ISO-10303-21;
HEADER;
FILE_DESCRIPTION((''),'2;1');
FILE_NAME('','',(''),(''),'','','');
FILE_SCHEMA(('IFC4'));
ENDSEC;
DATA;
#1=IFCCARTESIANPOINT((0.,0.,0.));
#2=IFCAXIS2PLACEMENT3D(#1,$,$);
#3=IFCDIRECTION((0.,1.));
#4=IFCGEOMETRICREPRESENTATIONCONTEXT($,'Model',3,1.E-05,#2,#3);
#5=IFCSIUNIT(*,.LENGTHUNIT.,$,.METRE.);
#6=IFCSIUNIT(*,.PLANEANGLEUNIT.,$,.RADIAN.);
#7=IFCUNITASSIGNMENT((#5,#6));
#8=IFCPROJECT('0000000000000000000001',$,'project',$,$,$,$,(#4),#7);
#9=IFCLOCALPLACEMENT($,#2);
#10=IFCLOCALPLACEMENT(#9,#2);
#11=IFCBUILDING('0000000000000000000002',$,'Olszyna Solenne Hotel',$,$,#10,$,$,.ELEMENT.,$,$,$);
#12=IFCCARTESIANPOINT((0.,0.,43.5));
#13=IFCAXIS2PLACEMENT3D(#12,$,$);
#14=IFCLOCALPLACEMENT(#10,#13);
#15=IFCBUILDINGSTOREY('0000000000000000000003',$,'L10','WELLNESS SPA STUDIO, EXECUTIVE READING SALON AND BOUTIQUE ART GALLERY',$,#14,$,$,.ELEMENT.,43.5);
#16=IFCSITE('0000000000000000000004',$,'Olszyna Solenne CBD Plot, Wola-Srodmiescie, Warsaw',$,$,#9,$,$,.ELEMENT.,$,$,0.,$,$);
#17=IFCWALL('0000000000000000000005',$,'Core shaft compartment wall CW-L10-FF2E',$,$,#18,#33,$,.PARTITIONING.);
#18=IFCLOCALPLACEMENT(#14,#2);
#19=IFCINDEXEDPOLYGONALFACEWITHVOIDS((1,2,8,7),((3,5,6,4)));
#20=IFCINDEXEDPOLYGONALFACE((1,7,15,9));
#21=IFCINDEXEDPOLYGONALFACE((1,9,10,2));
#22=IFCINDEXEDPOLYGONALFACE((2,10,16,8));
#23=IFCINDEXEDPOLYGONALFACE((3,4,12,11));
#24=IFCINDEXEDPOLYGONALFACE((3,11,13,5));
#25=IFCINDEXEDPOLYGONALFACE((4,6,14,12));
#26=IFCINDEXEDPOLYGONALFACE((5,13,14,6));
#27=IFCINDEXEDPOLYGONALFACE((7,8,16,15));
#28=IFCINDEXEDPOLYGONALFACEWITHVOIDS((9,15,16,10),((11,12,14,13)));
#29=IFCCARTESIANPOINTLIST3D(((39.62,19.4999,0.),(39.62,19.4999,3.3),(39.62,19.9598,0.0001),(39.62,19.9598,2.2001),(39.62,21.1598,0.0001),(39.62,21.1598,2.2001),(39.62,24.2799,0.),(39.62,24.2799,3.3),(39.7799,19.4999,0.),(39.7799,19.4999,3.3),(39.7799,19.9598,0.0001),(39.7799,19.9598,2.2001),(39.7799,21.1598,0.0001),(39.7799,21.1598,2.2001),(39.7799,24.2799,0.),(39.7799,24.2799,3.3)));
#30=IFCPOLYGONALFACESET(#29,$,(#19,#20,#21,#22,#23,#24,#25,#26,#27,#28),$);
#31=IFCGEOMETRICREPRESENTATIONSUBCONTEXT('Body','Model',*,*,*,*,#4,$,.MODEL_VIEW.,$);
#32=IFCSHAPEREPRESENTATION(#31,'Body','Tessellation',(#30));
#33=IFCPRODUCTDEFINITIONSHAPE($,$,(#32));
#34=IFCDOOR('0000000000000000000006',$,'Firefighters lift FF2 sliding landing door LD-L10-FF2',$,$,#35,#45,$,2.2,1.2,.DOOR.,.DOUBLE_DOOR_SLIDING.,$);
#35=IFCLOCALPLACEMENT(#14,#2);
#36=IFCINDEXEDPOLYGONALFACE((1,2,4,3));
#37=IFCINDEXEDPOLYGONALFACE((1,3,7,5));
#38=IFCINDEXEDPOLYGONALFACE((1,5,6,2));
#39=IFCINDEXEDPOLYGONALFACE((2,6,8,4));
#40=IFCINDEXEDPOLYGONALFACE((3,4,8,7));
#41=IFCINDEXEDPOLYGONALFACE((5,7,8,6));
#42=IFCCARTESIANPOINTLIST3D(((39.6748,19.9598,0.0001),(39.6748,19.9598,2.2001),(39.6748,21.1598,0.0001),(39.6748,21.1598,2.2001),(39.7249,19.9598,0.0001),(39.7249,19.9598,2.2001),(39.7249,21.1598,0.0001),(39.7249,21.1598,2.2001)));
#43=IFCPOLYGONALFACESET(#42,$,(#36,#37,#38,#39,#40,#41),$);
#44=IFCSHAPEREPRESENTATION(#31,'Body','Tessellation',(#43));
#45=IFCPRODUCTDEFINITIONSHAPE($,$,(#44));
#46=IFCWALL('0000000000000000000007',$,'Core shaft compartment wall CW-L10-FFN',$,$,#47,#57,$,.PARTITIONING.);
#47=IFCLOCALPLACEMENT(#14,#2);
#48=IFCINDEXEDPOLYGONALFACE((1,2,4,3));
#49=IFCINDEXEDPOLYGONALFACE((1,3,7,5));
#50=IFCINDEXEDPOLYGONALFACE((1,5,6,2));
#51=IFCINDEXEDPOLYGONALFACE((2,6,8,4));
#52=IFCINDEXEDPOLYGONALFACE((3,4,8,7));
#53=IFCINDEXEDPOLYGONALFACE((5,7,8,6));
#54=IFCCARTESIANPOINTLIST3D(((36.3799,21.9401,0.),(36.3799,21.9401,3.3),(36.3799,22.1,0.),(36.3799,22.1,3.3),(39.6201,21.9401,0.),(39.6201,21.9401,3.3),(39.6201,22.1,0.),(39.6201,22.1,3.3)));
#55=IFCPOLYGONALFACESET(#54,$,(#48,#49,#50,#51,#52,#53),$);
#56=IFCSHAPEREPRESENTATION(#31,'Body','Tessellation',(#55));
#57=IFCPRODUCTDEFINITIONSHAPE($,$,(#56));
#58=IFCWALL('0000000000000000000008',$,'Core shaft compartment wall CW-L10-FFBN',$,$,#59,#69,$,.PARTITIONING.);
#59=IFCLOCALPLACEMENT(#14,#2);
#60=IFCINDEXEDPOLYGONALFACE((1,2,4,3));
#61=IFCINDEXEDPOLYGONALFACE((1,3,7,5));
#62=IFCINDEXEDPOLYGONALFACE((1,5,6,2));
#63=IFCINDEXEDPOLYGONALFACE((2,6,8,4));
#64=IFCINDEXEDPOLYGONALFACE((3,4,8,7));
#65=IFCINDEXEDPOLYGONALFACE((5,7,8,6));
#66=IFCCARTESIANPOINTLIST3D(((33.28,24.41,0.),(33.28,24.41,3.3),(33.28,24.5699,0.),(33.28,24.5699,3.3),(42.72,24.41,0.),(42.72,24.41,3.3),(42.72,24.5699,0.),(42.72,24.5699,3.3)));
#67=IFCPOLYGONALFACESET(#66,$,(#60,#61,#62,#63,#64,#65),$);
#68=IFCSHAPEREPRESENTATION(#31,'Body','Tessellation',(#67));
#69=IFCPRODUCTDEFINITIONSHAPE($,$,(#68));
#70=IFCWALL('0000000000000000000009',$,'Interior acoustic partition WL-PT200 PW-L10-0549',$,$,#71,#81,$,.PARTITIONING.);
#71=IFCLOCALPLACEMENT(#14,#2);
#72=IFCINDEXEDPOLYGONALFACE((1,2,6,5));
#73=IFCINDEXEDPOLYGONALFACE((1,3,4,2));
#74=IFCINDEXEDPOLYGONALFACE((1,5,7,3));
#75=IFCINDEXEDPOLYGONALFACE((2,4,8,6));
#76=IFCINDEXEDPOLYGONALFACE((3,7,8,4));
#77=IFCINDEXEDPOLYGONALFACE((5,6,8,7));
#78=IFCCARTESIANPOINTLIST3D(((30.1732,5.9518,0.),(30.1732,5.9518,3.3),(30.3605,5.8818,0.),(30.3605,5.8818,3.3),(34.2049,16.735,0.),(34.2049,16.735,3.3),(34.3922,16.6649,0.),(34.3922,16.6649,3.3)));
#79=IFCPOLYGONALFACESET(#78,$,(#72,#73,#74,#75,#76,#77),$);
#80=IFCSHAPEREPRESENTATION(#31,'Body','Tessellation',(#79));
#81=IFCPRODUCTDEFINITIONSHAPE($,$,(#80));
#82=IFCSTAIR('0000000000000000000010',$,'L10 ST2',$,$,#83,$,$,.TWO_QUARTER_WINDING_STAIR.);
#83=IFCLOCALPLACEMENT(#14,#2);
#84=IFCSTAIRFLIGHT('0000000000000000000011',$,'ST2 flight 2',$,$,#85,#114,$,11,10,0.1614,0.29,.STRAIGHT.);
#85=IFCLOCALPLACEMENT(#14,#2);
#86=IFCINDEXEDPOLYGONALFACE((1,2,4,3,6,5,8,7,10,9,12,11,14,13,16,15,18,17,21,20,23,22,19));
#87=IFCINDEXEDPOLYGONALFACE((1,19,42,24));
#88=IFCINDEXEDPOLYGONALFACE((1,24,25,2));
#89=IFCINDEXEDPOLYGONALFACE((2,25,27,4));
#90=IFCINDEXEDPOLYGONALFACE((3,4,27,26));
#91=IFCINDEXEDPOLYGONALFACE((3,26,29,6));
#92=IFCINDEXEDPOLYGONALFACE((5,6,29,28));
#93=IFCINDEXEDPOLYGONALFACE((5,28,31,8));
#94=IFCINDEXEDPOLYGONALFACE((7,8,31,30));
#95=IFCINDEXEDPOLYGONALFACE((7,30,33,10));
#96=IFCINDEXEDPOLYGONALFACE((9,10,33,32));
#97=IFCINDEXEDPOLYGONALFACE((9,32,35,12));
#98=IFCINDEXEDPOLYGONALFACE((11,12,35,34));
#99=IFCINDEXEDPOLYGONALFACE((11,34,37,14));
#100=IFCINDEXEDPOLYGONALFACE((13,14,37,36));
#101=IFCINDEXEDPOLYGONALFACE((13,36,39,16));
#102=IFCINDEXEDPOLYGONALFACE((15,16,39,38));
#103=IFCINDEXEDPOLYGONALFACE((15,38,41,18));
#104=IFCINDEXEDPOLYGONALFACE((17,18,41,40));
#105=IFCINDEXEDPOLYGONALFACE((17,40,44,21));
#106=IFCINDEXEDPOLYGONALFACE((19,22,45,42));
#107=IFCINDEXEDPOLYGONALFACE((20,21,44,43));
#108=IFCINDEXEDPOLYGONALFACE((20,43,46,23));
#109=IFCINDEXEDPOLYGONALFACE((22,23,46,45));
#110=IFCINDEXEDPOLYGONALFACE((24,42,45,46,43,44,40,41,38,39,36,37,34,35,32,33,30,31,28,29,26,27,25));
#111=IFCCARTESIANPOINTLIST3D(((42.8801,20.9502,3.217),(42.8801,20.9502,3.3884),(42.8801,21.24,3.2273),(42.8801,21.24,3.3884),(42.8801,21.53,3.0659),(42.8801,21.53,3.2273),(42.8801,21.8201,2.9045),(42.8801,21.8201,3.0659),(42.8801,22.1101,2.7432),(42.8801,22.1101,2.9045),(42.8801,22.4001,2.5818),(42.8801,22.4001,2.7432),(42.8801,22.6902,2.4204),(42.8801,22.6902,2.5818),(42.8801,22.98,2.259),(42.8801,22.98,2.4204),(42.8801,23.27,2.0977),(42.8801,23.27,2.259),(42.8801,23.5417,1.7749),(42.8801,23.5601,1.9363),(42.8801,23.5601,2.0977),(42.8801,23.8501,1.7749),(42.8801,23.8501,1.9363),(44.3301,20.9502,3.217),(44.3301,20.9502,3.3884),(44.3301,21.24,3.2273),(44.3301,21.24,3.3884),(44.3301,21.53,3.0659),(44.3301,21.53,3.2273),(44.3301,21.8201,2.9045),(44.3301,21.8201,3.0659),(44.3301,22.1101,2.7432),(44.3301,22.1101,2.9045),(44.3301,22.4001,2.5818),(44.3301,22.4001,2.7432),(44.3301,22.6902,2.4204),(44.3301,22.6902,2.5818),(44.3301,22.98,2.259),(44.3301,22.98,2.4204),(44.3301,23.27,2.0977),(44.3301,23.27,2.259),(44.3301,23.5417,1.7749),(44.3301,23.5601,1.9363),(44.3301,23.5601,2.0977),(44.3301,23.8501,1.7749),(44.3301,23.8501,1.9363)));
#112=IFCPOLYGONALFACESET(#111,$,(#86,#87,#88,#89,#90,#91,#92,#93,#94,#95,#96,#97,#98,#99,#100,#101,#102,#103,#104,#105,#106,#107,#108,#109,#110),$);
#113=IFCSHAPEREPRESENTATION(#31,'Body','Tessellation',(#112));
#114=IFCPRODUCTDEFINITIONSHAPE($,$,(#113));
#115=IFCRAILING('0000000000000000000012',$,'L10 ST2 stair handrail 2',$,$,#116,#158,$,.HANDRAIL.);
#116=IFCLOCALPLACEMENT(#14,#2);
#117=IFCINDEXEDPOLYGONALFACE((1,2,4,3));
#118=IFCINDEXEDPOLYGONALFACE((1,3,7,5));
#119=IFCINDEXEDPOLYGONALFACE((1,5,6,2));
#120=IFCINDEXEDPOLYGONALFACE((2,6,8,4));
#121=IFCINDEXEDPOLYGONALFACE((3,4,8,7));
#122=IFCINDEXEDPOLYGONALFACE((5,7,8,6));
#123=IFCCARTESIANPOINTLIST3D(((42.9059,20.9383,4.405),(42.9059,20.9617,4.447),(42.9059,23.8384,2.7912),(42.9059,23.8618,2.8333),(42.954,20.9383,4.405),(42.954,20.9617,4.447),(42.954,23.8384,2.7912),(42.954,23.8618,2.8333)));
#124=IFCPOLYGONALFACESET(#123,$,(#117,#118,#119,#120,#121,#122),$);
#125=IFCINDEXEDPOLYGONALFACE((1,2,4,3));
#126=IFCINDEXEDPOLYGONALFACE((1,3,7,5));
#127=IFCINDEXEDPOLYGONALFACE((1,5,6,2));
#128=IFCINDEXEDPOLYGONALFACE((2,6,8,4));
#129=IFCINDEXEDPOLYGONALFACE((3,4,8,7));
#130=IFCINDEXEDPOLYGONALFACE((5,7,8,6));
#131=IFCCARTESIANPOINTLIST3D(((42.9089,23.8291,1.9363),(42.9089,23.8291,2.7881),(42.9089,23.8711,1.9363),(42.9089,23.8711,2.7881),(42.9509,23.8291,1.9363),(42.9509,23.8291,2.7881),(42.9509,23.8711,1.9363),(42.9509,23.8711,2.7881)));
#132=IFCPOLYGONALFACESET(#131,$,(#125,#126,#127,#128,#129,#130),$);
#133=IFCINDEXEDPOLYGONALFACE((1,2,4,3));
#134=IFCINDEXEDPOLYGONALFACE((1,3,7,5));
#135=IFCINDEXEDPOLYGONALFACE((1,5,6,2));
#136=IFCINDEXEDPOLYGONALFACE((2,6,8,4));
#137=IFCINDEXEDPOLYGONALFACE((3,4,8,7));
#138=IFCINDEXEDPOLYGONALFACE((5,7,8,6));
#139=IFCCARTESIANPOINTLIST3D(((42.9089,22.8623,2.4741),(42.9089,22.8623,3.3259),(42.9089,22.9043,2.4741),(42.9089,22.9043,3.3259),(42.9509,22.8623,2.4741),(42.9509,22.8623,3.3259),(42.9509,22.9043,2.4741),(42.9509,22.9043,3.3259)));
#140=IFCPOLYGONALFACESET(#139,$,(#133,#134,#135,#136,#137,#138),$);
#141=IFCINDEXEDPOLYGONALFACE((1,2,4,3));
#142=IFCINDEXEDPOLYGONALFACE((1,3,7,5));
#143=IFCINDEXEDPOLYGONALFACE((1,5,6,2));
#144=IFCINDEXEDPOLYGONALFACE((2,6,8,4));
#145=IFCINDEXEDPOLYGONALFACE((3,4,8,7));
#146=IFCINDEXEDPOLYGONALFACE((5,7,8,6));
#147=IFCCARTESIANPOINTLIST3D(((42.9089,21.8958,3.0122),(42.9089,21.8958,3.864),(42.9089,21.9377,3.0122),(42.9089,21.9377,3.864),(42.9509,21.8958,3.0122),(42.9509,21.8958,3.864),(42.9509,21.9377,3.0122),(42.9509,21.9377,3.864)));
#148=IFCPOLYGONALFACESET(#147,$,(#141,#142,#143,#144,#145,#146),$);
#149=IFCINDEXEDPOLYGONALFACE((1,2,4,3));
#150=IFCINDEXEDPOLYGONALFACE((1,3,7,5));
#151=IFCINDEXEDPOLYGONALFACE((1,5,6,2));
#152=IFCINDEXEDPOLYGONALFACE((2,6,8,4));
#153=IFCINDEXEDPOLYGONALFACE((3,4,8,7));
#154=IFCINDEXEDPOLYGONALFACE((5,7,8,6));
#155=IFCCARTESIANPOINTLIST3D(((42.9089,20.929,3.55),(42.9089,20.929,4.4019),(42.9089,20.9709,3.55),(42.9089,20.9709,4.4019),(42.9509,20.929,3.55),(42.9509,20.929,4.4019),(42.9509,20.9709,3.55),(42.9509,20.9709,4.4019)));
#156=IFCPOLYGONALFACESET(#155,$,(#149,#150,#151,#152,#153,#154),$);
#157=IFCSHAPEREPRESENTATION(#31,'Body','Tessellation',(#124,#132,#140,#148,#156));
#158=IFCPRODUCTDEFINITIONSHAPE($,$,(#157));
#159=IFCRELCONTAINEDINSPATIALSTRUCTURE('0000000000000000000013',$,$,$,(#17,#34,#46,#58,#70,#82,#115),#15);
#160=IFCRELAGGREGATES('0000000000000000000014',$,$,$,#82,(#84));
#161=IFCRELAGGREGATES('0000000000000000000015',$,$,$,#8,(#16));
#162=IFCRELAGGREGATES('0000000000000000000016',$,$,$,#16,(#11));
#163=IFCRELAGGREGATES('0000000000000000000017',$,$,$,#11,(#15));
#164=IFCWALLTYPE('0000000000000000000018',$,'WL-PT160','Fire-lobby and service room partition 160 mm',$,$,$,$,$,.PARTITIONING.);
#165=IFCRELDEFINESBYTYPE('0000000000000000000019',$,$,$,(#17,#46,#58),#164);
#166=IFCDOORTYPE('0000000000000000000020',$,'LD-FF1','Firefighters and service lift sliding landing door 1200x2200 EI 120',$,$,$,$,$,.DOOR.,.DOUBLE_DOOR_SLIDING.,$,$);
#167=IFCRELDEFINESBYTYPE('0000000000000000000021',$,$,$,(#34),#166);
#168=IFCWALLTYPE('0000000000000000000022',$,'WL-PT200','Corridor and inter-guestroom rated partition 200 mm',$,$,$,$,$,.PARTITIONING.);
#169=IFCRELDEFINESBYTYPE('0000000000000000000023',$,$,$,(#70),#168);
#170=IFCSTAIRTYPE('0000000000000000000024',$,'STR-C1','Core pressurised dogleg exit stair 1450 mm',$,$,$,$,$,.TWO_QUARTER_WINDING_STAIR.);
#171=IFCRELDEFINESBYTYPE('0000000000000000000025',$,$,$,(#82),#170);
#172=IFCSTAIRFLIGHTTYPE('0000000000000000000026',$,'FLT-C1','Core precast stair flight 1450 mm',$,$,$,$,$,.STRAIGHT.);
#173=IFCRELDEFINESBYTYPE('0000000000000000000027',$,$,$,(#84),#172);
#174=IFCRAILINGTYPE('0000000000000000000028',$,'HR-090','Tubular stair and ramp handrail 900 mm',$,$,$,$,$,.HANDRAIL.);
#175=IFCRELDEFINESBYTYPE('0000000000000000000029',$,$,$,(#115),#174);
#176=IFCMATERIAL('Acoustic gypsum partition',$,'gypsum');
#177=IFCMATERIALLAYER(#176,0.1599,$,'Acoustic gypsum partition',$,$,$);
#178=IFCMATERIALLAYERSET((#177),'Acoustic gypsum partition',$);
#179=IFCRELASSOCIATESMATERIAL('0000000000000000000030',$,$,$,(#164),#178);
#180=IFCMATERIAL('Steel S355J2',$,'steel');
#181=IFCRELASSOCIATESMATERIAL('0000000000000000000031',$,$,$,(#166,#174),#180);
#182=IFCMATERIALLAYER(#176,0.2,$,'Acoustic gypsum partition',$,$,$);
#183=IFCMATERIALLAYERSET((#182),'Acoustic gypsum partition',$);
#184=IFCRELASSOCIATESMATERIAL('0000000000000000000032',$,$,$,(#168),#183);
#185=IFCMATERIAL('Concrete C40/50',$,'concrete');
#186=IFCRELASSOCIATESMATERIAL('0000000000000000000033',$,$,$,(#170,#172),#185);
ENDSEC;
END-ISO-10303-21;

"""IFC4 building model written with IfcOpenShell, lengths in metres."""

from ifc_helpers import new_model, si_unit, direction, frame, frame_2d, origin, origin_2d, place, context, subcontext, project, spatial, polyline, rectangle, outline, extrude, source, transform, mapped, material, layer, layer_set, type_object, type_shapes, element, fill, aggregate, save


model = new_model("IFC4")

# Units and contexts
model_context = context("Model", 3, precision=1e-05, world=origin(), true_north=direction((0.0, 1.0)))
body_context = subcontext(model_context, "Body", "Model", "MODEL_VIEW")
ifc_project = project(units=[si_unit("LENGTHUNIT", "METRE"), si_unit("PLANEANGLEUNIT", "RADIAN")], contexts=[model_context])

# Site, building, storey
site_placement = place(None, origin())
site = spatial("IfcSite", under=ifc_project, at=site_placement, Name="Olszyna Solenne CBD Plot, Wola-Srodmiescie, Warsaw", CompositionType="ELEMENT", RefElevation=0.0)
building_placement = place(site_placement, origin())
building = spatial("IfcBuilding", under=site, at=building_placement, Name="Olszyna Solenne Hotel", CompositionType="ELEMENT")
storey_placement = place(building_placement, frame((0.0, 0.0, 43.5)))
storey = spatial("IfcBuildingStorey", under=building, at=storey_placement, Name="L10", Description="WELLNESS SPA STUDIO, EXECUTIVE READING SALON AND BOUTIQUE ART GALLERY", CompositionType="ELEMENT", Elevation=43.5)

# Shared definitions
ifc_material_1 = material(Name="Steel S355J2", Category="steel")

# Shared definitions
ifc_material_2 = material(Name="Acoustic gypsum partition", Category="gypsum")

# Shared definitions
ifc_layer_1 = layer(ifc_material_2, 0.1599, Name="Acoustic gypsum partition")
ifc_layer_set_1 = layer_set([ifc_layer_1], Name="Acoustic gypsum partition")
wall_type_1 = type_object("IfcWallType", Name="WL-PT160", Description="Fire-lobby and service room partition 160 mm", PredefinedType="PARTITIONING", material=ifc_layer_set_1)
door_type_1 = type_object("IfcDoorType", Name="LD-FF1", Description="Firefighters and service lift sliding landing door 1200x2200 EI 120", OperationType="DOUBLE_DOOR_SLIDING", PredefinedType="DOOR", material=ifc_material_1)
shared_shape_1 = source(origin(), body_context, "Body", "SweptSolid", [
    extrude(rectangle(XDim=1.2, YDim=2.2, at=frame_2d((0.6001, 1.1001))), frame((0.0, 0.0249, 0.0), z_axis=(0.0, -1.0, 0.0), x_axis=(1.0, 0.0, 0.0)), (0.0, 0.0, 1.0), 0.05),
])
type_shapes(door_type_1, [shared_shape_1])

# Wall, opening, door
wall_1_placement = place(storey_placement, frame((39.7, 24.28, 0.0), z_axis=(0.0, 0.0, 1.0), x_axis=(0.0, -1.0, 0.0)))
wall_1 = element("IfcWall", 1, at=wall_1_placement, inside=storey, type_object=wall_type_1, Name="Core shaft compartment wall CW-L10-FF2E", PredefinedType="PARTITIONING", context=body_context, shape_type="SweptSolid", body=[
    extrude(rectangle(XDim=4.78, YDim=0.1599, at=frame_2d((2.3901, 0.0))), origin(), (0.0, 0.0, 1.0), 3.3),
])
opening_1_placement = place(wall_1_placement, frame((3.1201, 0.0, 0.0)))
opening_1 = element("IfcOpeningElement", 2, at=opening_1_placement, cuts=wall_1, PredefinedType="OPENING", context=body_context, shape_type="SweptSolid", body=[
    extrude(rectangle(XDim=1.2, YDim=2.2, at=frame_2d((0.6001, 1.1001))), frame((0.0, 0.0898, 0.0), z_axis=(0.0, -1.0, 0.0), x_axis=(1.0, 0.0, 0.0)), (0.0, 0.0, 1.0), 0.1799),
])
door_1_placement = place(opening_1_placement, origin())
door_1 = element("IfcDoor", 3, at=door_1_placement, inside=storey, type_object=door_type_1, Name="Firefighters lift FF2 sliding landing door LD-L10-FF2", OperationType="DOUBLE_DOOR_SLIDING", OverallHeight=2.2, OverallWidth=1.2, PredefinedType="DOOR", context=body_context, shape_type="MappedRepresentation", body=[
    mapped(shared_shape_1, transform((0.0, 0.0, 0.0), x_axis=(1.0, 0.0, 0.0), y_axis=(0.0, 1.0, 0.0), z_axis=(0.0, 0.0, 1.0), scale=1.0)),
])
fill(opening_1, door_1)

# Walls
wall_2_placement = place(storey_placement, frame((36.3799, 22.02, 0.0), z_axis=(0.0, 0.0, 1.0), x_axis=(1.0, 0.0, 0.0)))
element("IfcWall", 4, at=wall_2_placement, inside=storey, type_object=wall_type_1, Name="Core shaft compartment wall CW-L10-FFN", PredefinedType="PARTITIONING", context=body_context, shape_type="SweptSolid", body=[
    extrude(rectangle(XDim=3.2402, YDim=0.1599, at=frame_2d((1.6201, 0.0))), origin(), (0.0, 0.0, 1.0), 3.3),
])
wall_3_placement = place(storey_placement, frame((33.28, 24.49, 0.0), z_axis=(0.0, 0.0, 1.0), x_axis=(1.0, 0.0, 0.0)))
element("IfcWall", 5, at=wall_3_placement, inside=storey, type_object=wall_type_1, Name="Core shaft compartment wall CW-L10-FFBN", PredefinedType="PARTITIONING", context=body_context, shape_type="SweptSolid", body=[
    extrude(rectangle(XDim=9.4399, YDim=0.1599, at=frame_2d((4.72, 0.0))), origin(), (0.0, 0.0, 1.0), 3.3),
])
ifc_layer_2 = layer(ifc_material_2, 0.2, Name="Acoustic gypsum partition")
ifc_layer_set_2 = layer_set([ifc_layer_2], Name="Acoustic gypsum partition")
wall_type_2 = type_object("IfcWallType", Name="WL-PT200", Description="Corridor and inter-guestroom rated partition 200 mm", PredefinedType="PARTITIONING", material=ifc_layer_set_2)
wall_4_placement = place(storey_placement, frame((34.2986, 16.7, 0.0), z_axis=(0.0, 0.0, 1.0), x_axis=(-0.350212, -0.93667, 0.0)))
element("IfcWall", 6, at=wall_4_placement, inside=storey, type_object=wall_type_2, Name="Interior acoustic partition WL-PT200 PW-L10-0549", PredefinedType="PARTITIONING", context=body_context, shape_type="SweptSolid", body=[
    extrude(rectangle(XDim=11.5122, YDim=0.2, at=frame_2d((5.7561, 0.0))), origin(), (0.0, 0.0, 1.0), 3.3),
])

# Stair, stair flight
ifc_material_3 = material(Name="Concrete C40/50", Category="concrete")
stair_type = type_object("IfcStairType", Name="STR-C1", Description="Core pressurised dogleg exit stair 1450 mm", PredefinedType="TWO_QUARTER_WINDING_STAIR", material=ifc_material_3)
stair_placement = place(storey_placement, origin())
stair = element("IfcStair", 7, at=stair_placement, inside=storey, type_object=stair_type, Name="L10 ST2", PredefinedType="TWO_QUARTER_WINDING_STAIR")
stair_flight_type = type_object("IfcStairFlightType", Name="FLT-C1", Description="Core precast stair flight 1450 mm", PredefinedType="STRAIGHT", material=ifc_material_3)
stair_flight_placement = place(storey_placement, frame((43.605, 23.8501, 1.7749), z_axis=(0.0, 0.0, 1.0), x_axis=(0.0, -1.0, 0.0)))
stair_flight = element("IfcStairFlight", 8, at=stair_flight_placement, type_object=stair_flight_type, Name="ST2 flight 2", NumberOfRisers=11, NumberOfTreads=10, PredefinedType="STRAIGHT", RiserHeight=0.1614, TreadLength=0.29, context=body_context, shape_type="SweptSolid", body=[
    extrude(outline(polyline([(0.0, 0.0), (0.0, 0.1614), (0.29, 0.1614), (0.29, 0.3228), (0.5801, 0.3228), (0.5801, 0.4841), (0.8701, 0.4841), (0.8701, 0.6455), (1.1599, 0.6455), (1.1599, 0.8069), (1.45, 0.8069), (1.45, 0.9683), (1.74, 0.9683), (1.74, 1.1296), (2.03, 1.1296), (2.03, 1.291), (2.3201, 1.291), (2.3201, 1.4524), (2.6101, 1.4524), (2.6101, 1.6135), (2.8999, 1.6135), (2.8999, 1.7749), (2.8999, 1.4421), (0.3083, 0.0), (0.0, 0.0)])), frame((0.0, 0.7251, 0.0), z_axis=(0.0, -1.0, 0.0), x_axis=(1.0, 0.0, 0.0)), (0.0, 0.0, 1.0), 1.45),
])
aggregate(stair, [stair_flight])

# Railing
railing_type = type_object("IfcRailingType", Name="HR-090", Description="Tubular stair and ramp handrail 900 mm", PredefinedType="HANDRAIL", material=ifc_material_1)
railing_placement = place(storey_placement, frame((42.9299, 23.8501, 1.9363)))
element("IfcRailing", 9, at=railing_placement, inside=storey, type_object=railing_type, Name="L10 ST2 stair handrail 2", PredefinedType="HANDRAIL", context=body_context, shape_type="SweptSolid", body=[
    extrude(rectangle(XDim=0.0481, YDim=0.0481, at=origin_2d()), frame((0.0, 0.0, 0.876), z_axis=(0.0, -0.873827, 0.486236), x_axis=(1.0, 0.0, 0.0)), (0.0, 0.0, 1.0), 3.3188),
    extrude(rectangle(XDim=0.042, YDim=0.042, at=origin_2d()), origin(), (0.0, 0.0, 1.0), 0.8518),
    extrude(rectangle(XDim=0.042, YDim=0.042, at=origin_2d()), frame((0.0, -0.9668, 0.5378)), (0.0, 0.0, 1.0), 0.8518),
    extrude(rectangle(XDim=0.042, YDim=0.042, at=origin_2d()), frame((0.0, -1.9333, 1.0759)), (0.0, 0.0, 1.0), 0.8518),
    extrude(rectangle(XDim=0.042, YDim=0.042, at=origin_2d()), frame((0.0, -2.9001, 1.6138)), (0.0, 0.0, 1.0), 0.8518),
])

save(model, "model.ifc")
